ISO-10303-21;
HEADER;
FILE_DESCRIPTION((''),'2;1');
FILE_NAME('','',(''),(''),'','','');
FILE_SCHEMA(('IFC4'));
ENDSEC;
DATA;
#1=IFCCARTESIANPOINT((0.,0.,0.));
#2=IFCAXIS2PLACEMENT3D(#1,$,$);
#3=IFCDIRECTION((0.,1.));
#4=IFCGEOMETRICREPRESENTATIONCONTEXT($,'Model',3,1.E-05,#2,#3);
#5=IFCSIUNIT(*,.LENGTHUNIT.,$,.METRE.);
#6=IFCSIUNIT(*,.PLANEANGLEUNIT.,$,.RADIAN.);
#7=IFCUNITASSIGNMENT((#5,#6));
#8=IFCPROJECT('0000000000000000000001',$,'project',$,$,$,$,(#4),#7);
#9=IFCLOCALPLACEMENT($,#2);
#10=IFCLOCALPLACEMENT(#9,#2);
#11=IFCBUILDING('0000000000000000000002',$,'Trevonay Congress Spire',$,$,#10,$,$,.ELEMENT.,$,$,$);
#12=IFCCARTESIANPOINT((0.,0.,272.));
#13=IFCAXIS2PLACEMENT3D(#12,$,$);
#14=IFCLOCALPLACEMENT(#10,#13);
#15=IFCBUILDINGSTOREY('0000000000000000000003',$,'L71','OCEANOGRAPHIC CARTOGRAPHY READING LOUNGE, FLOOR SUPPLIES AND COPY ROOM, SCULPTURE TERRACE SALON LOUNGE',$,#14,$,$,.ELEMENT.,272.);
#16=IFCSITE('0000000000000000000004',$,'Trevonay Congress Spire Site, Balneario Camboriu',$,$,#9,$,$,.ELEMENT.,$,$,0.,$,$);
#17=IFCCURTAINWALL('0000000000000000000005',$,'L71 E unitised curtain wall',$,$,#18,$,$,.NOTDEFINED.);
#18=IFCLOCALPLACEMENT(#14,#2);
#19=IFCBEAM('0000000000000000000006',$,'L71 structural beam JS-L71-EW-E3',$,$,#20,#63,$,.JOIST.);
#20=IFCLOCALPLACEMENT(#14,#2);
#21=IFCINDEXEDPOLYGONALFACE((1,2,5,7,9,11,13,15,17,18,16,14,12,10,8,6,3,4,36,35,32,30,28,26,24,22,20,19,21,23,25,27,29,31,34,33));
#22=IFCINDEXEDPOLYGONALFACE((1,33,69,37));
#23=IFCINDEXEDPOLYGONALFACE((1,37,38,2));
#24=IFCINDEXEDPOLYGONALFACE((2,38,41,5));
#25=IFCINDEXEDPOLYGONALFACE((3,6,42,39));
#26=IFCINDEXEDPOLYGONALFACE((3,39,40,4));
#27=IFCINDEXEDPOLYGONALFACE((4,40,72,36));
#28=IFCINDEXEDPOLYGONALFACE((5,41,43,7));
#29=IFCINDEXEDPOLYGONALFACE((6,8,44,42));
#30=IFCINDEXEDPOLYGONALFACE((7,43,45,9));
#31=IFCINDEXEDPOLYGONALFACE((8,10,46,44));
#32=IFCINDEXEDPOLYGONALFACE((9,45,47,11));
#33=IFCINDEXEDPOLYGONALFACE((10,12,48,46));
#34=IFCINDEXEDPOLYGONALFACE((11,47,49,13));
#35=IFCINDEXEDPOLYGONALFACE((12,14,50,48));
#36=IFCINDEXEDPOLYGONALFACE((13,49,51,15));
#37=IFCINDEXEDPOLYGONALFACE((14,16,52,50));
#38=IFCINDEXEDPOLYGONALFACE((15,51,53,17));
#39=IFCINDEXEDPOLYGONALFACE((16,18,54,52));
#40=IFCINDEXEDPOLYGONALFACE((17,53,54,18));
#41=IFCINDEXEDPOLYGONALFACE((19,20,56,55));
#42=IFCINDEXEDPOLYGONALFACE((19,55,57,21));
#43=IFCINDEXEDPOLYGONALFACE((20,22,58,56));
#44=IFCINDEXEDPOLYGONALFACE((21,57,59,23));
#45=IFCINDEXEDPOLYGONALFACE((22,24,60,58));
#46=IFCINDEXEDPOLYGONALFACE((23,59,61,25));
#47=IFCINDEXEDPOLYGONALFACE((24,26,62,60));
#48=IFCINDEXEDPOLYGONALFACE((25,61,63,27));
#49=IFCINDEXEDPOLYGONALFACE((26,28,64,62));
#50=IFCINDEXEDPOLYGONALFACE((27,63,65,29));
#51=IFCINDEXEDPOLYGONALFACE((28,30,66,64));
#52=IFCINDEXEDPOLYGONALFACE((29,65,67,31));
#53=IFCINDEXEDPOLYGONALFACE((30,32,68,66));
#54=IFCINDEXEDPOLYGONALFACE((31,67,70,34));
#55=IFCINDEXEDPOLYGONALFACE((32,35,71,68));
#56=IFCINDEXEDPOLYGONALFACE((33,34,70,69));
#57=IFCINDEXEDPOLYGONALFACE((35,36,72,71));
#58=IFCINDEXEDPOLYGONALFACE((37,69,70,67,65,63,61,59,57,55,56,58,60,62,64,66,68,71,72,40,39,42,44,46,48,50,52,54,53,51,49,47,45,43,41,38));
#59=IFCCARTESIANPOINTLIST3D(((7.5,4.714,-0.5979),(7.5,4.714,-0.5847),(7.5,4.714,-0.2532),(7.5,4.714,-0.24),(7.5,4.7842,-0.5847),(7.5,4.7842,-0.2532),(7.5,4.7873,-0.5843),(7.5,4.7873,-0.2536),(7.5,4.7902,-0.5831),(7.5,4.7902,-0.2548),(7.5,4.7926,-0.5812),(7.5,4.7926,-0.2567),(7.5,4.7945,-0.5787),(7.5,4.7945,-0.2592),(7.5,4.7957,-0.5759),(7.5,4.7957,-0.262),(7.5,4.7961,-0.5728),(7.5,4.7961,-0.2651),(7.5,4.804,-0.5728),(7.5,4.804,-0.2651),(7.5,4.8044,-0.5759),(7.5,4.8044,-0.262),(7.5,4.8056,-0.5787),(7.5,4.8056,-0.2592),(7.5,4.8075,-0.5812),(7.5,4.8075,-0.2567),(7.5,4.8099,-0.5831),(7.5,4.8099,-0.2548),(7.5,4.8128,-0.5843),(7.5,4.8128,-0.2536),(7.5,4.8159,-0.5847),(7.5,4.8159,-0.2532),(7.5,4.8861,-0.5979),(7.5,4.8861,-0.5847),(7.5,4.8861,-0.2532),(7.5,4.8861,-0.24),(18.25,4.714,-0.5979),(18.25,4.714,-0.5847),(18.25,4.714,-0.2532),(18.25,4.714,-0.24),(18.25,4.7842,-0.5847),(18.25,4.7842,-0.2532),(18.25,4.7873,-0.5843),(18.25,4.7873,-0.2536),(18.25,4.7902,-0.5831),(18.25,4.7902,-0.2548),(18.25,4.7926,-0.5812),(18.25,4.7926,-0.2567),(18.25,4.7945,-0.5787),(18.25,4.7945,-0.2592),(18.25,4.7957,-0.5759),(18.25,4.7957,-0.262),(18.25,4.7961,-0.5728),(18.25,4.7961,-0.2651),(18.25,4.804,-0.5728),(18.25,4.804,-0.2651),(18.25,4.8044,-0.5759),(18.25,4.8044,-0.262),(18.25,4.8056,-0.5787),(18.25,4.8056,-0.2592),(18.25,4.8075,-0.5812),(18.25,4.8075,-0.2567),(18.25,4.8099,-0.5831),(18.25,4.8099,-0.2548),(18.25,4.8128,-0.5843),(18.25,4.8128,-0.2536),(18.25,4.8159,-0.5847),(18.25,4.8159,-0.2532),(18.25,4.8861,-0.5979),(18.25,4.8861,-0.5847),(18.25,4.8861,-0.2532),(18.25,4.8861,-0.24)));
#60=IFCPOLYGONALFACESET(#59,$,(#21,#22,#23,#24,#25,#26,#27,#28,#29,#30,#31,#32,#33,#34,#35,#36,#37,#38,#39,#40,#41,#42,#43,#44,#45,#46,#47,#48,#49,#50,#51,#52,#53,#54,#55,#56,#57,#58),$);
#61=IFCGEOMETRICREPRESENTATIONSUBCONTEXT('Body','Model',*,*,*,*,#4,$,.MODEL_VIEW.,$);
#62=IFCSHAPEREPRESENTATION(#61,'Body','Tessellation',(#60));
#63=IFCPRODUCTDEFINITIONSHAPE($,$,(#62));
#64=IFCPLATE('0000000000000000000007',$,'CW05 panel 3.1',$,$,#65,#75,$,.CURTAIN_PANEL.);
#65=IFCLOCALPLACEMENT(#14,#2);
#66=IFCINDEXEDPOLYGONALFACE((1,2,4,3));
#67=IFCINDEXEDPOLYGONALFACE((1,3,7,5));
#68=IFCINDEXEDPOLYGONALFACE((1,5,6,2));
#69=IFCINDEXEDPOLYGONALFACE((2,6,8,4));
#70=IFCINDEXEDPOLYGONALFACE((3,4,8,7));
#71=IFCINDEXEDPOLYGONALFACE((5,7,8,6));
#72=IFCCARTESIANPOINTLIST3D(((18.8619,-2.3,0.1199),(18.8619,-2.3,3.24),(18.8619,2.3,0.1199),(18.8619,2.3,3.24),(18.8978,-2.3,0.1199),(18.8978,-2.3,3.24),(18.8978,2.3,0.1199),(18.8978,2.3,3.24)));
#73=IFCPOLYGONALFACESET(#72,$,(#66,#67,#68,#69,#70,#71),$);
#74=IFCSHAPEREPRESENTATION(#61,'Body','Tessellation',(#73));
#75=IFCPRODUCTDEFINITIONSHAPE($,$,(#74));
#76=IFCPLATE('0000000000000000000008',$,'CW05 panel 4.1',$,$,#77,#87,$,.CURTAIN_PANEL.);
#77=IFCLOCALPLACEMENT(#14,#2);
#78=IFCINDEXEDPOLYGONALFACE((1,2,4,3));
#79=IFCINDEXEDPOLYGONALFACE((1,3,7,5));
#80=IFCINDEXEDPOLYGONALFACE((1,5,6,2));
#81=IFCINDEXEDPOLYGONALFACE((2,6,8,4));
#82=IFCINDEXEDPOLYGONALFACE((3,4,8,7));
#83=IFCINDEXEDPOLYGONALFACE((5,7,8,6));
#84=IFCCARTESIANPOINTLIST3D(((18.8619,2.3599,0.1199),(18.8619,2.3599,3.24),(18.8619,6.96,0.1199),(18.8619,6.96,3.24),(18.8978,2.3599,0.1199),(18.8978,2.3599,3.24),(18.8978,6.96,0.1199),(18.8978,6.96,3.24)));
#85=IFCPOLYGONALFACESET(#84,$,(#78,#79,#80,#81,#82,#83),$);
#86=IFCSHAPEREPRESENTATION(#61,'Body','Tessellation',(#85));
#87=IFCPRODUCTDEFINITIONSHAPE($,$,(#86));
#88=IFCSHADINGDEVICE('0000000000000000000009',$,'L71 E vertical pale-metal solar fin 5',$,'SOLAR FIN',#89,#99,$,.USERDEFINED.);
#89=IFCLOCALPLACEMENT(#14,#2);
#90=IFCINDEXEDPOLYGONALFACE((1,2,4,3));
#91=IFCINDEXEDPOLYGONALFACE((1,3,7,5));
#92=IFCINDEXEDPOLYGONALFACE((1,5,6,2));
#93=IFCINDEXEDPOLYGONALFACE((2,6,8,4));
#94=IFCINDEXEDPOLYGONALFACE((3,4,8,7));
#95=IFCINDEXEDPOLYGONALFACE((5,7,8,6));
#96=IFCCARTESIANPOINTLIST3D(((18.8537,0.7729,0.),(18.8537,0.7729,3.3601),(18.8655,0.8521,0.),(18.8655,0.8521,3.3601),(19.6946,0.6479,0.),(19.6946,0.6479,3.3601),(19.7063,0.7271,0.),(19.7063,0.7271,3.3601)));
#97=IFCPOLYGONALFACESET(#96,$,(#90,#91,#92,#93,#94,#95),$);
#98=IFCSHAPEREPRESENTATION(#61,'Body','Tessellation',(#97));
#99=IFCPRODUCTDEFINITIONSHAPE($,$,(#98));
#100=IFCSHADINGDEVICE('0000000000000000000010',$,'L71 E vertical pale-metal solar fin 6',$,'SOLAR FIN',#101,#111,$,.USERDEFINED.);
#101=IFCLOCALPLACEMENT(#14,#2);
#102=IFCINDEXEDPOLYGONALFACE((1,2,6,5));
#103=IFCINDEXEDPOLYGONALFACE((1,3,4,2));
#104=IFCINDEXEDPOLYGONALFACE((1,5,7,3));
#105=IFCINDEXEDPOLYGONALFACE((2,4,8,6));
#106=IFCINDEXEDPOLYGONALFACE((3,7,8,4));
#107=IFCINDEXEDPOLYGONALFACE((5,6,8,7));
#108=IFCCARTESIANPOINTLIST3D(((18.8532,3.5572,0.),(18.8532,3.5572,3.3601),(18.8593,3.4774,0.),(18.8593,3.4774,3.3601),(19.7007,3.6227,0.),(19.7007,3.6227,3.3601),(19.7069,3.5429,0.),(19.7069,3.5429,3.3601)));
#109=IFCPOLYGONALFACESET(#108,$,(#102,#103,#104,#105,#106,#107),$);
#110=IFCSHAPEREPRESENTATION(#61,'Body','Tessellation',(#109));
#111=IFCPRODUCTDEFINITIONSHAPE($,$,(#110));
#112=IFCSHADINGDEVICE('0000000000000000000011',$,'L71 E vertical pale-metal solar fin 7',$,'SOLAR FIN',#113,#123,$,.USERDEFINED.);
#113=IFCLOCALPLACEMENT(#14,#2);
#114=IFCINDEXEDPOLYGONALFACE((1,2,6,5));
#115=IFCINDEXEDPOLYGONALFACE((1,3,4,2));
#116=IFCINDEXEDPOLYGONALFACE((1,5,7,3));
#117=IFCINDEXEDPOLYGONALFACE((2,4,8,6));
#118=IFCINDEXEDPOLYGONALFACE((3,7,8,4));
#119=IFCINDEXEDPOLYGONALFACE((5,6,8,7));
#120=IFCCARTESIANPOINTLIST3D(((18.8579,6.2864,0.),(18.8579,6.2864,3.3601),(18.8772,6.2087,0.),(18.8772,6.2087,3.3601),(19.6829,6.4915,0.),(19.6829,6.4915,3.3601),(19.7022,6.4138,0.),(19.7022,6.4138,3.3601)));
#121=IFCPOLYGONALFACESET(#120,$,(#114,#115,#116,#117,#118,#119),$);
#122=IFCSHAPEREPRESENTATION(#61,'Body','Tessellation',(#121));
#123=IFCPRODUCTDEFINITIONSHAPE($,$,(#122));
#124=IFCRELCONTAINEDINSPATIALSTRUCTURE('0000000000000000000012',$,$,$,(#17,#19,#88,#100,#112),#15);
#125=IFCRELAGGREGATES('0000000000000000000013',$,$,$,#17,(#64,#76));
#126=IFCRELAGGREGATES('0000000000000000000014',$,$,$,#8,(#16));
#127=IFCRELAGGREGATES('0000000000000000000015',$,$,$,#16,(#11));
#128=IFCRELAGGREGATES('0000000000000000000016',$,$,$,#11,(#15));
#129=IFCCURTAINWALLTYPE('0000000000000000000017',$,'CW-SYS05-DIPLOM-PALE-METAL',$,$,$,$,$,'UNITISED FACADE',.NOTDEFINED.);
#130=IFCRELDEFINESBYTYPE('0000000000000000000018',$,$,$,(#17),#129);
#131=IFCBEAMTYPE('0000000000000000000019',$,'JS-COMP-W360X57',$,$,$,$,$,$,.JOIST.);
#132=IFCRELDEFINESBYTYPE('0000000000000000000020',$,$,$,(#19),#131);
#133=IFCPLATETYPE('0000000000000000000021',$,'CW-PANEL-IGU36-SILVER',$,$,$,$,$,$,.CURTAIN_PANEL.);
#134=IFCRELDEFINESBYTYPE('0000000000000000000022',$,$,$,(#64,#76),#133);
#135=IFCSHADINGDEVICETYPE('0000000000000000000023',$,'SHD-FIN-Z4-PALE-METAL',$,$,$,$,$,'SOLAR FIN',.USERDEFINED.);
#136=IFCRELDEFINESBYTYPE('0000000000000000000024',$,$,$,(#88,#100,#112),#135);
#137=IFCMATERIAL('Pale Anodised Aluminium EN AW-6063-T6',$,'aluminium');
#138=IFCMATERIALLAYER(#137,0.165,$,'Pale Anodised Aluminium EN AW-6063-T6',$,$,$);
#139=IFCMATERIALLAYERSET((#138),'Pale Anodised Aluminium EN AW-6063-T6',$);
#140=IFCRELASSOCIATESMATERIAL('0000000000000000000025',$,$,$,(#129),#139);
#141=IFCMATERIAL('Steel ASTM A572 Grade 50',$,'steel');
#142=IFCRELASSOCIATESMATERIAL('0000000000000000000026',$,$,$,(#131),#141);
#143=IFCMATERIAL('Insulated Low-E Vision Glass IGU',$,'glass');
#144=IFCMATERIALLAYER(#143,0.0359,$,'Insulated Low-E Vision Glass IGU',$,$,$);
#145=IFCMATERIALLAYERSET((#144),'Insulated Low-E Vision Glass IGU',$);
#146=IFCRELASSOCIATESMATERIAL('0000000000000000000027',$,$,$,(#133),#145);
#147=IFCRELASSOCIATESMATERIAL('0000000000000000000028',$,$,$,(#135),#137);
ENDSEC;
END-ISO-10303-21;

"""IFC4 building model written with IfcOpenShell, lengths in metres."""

from ifc_helpers import new_model, si_unit, direction, frame, origin, origin_2d, place, context, subcontext, project, spatial, rectangle, i_section, extrude, material, layer, layer_set, material_profile, profile_set, type_object, element, aggregate, save


model = new_model("IFC4")

# Units and contexts
model_context = context("Model", 3, precision=1e-05, world=origin(), true_north=direction((0.0, 1.0)))
body_context = subcontext(model_context, "Body", "Model", "MODEL_VIEW")
ifc_project = project(units=[si_unit("LENGTHUNIT", "METRE"), si_unit("PLANEANGLEUNIT", "RADIAN")], contexts=[model_context])

# Site, building, storey
site_placement = place(None, origin())
site = spatial("IfcSite", under=ifc_project, at=site_placement, Name="Trevonay Congress Spire Site, Balneario Camboriu", CompositionType="ELEMENT", RefElevation=0.0)
building_placement = place(site_placement, origin())
building = spatial("IfcBuilding", under=site, at=building_placement, Name="Trevonay Congress Spire", CompositionType="ELEMENT")
storey_placement = place(building_placement, frame((0.0, 0.0, 272.0)))
storey = spatial("IfcBuildingStorey", under=building, at=storey_placement, Name="L71", Description="OCEANOGRAPHIC CARTOGRAPHY READING LOUNGE, FLOOR SUPPLIES AND COPY ROOM, SCULPTURE TERRACE SALON LOUNGE", CompositionType="ELEMENT", Elevation=272.0)

# Shared definitions
ifc_material_1 = material(Name="Steel ASTM A572 Grade 50", Category="steel")

# Curtain wall
ifc_material_2 = material(Name="Pale Anodised Aluminium EN AW-6063-T6", Category="aluminium")
ifc_layer_1 = layer(ifc_material_2, 0.165, Name="Pale Anodised Aluminium EN AW-6063-T6")
ifc_layer_set_1 = layer_set([ifc_layer_1], Name="Pale Anodised Aluminium EN AW-6063-T6")
curtain_wall_type = type_object("IfcCurtainWallType", Name="CW-SYS05-DIPLOM-PALE-METAL", ElementType="UNITISED FACADE", PredefinedType="NOTDEFINED", material=ifc_layer_set_1)
curtain_wall_placement = place(storey_placement, origin())
curtain_wall = element("IfcCurtainWall", 1, at=curtain_wall_placement, inside=storey, type_object=curtain_wall_type, Name="L71 E unitised curtain wall", PredefinedType="NOTDEFINED")

# Beam
ifc_material_profile_1 = material_profile(ifc_material_1, i_section(OverallWidth=0.1721, OverallDepth=0.3579, WebThickness=0.0078, FlangeThickness=0.0132, FilletRadius=0.012, at=origin_2d()), Name="W360x57.8")
ifc_profile_set_1 = profile_set([ifc_material_profile_1], Name="Steel ASTM A572 Grade 50")
beam_type_1 = type_object("IfcBeamType", Name="JS-COMP-W360X57", PredefinedType="JOIST", material=ifc_profile_set_1)
beam_1_placement = place(storey_placement, frame((7.5, 4.8, -0.4189), z_axis=(1.0, 0.0, 0.0), x_axis=(0.0, 1.0, 0.0)))
element("IfcBeam", 2, at=beam_1_placement, inside=storey, type_object=beam_type_1, Name="L71 structural beam JS-L71-EW-E3", PredefinedType="JOIST", context=body_context, shape_type="SweptSolid", body=[
    extrude(i_section(OverallWidth=0.1721, OverallDepth=0.3579, WebThickness=0.0078, FlangeThickness=0.0132, FilletRadius=0.012, at=origin_2d()), origin(), (0.0, 0.0, 1.0), 10.75),
])

# Plates
ifc_material_3 = material(Name="Insulated Low-E Vision Glass IGU", Category="glass")
ifc_layer_2 = layer(ifc_material_3, 0.0359, Name="Insulated Low-E Vision Glass IGU")
ifc_layer_set_2 = layer_set([ifc_layer_2], Name="Insulated Low-E Vision Glass IGU")
plate_type = type_object("IfcPlateType", Name="CW-PANEL-IGU36-SILVER", PredefinedType="CURTAIN_PANEL", material=ifc_layer_set_2)
plate_1_placement = place(storey_placement, frame((18.8799, 0.0, 0.1199), z_axis=(0.0, 0.0, 1.0), x_axis=(0.0, 1.0, 0.0)))
plate_1 = element("IfcPlate", 3, at=plate_1_placement, type_object=plate_type, Name="CW05 panel 3.1", PredefinedType="CURTAIN_PANEL", context=body_context, shape_type="SweptSolid", body=[
    extrude(rectangle(XDim=4.6001, YDim=0.0359, at=origin_2d()), origin(), (0.0, 0.0, 1.0), 3.1201),
])
plate_2_placement = place(storey_placement, frame((18.8799, 4.6599, 0.1199), z_axis=(0.0, 0.0, 1.0), x_axis=(0.0, 1.0, 0.0)))
plate_2 = element("IfcPlate", 4, at=plate_2_placement, type_object=plate_type, Name="CW05 panel 4.1", PredefinedType="CURTAIN_PANEL", context=body_context, shape_type="SweptSolid", body=[
    extrude(rectangle(XDim=4.6001, YDim=0.0359, at=origin_2d()), origin(), (0.0, 0.0, 1.0), 3.1201),
])
aggregate(curtain_wall, [plate_1, plate_2])

# Shading devices
shading_device_type = type_object("IfcShadingDeviceType", Name="SHD-FIN-Z4-PALE-METAL", ElementType="SOLAR FIN", PredefinedType="USERDEFINED", material=ifc_material_2)
for number, where, z_axis, x_axis, name in (
    (5, (19.28, 0.75, 0.0), (0.0, 0.0, 1.0), (0.146946, 0.989144, 0.0), "L71 E vertical pale-metal solar fin 5"),
    (6, (19.28, 3.55, 0.0), (0.0, 0.0, 1.0), (-0.077067, 0.997026, 0.0), "L71 E vertical pale-metal solar fin 6"),
    (7, (19.28, 6.3501, 0.0), (0.0, 0.0, 1.0), (-0.241244, 0.970464, 0.0), "L71 E vertical pale-metal solar fin 7"),
):
    element("IfcShadingDevice", number, at=place(storey_placement, frame(where, z_axis=z_axis, x_axis=x_axis)), inside=storey, type_object=shading_device_type, Name=name, ObjectType="SOLAR FIN", PredefinedType="USERDEFINED", context=body_context, shape_type="SweptSolid", body=[
        extrude(rectangle(XDim=0.0801, YDim=0.8501, at=origin_2d()), origin(), (0.0, 0.0, 1.0), 3.3601),
    ])

save(model, "model.ifc")
